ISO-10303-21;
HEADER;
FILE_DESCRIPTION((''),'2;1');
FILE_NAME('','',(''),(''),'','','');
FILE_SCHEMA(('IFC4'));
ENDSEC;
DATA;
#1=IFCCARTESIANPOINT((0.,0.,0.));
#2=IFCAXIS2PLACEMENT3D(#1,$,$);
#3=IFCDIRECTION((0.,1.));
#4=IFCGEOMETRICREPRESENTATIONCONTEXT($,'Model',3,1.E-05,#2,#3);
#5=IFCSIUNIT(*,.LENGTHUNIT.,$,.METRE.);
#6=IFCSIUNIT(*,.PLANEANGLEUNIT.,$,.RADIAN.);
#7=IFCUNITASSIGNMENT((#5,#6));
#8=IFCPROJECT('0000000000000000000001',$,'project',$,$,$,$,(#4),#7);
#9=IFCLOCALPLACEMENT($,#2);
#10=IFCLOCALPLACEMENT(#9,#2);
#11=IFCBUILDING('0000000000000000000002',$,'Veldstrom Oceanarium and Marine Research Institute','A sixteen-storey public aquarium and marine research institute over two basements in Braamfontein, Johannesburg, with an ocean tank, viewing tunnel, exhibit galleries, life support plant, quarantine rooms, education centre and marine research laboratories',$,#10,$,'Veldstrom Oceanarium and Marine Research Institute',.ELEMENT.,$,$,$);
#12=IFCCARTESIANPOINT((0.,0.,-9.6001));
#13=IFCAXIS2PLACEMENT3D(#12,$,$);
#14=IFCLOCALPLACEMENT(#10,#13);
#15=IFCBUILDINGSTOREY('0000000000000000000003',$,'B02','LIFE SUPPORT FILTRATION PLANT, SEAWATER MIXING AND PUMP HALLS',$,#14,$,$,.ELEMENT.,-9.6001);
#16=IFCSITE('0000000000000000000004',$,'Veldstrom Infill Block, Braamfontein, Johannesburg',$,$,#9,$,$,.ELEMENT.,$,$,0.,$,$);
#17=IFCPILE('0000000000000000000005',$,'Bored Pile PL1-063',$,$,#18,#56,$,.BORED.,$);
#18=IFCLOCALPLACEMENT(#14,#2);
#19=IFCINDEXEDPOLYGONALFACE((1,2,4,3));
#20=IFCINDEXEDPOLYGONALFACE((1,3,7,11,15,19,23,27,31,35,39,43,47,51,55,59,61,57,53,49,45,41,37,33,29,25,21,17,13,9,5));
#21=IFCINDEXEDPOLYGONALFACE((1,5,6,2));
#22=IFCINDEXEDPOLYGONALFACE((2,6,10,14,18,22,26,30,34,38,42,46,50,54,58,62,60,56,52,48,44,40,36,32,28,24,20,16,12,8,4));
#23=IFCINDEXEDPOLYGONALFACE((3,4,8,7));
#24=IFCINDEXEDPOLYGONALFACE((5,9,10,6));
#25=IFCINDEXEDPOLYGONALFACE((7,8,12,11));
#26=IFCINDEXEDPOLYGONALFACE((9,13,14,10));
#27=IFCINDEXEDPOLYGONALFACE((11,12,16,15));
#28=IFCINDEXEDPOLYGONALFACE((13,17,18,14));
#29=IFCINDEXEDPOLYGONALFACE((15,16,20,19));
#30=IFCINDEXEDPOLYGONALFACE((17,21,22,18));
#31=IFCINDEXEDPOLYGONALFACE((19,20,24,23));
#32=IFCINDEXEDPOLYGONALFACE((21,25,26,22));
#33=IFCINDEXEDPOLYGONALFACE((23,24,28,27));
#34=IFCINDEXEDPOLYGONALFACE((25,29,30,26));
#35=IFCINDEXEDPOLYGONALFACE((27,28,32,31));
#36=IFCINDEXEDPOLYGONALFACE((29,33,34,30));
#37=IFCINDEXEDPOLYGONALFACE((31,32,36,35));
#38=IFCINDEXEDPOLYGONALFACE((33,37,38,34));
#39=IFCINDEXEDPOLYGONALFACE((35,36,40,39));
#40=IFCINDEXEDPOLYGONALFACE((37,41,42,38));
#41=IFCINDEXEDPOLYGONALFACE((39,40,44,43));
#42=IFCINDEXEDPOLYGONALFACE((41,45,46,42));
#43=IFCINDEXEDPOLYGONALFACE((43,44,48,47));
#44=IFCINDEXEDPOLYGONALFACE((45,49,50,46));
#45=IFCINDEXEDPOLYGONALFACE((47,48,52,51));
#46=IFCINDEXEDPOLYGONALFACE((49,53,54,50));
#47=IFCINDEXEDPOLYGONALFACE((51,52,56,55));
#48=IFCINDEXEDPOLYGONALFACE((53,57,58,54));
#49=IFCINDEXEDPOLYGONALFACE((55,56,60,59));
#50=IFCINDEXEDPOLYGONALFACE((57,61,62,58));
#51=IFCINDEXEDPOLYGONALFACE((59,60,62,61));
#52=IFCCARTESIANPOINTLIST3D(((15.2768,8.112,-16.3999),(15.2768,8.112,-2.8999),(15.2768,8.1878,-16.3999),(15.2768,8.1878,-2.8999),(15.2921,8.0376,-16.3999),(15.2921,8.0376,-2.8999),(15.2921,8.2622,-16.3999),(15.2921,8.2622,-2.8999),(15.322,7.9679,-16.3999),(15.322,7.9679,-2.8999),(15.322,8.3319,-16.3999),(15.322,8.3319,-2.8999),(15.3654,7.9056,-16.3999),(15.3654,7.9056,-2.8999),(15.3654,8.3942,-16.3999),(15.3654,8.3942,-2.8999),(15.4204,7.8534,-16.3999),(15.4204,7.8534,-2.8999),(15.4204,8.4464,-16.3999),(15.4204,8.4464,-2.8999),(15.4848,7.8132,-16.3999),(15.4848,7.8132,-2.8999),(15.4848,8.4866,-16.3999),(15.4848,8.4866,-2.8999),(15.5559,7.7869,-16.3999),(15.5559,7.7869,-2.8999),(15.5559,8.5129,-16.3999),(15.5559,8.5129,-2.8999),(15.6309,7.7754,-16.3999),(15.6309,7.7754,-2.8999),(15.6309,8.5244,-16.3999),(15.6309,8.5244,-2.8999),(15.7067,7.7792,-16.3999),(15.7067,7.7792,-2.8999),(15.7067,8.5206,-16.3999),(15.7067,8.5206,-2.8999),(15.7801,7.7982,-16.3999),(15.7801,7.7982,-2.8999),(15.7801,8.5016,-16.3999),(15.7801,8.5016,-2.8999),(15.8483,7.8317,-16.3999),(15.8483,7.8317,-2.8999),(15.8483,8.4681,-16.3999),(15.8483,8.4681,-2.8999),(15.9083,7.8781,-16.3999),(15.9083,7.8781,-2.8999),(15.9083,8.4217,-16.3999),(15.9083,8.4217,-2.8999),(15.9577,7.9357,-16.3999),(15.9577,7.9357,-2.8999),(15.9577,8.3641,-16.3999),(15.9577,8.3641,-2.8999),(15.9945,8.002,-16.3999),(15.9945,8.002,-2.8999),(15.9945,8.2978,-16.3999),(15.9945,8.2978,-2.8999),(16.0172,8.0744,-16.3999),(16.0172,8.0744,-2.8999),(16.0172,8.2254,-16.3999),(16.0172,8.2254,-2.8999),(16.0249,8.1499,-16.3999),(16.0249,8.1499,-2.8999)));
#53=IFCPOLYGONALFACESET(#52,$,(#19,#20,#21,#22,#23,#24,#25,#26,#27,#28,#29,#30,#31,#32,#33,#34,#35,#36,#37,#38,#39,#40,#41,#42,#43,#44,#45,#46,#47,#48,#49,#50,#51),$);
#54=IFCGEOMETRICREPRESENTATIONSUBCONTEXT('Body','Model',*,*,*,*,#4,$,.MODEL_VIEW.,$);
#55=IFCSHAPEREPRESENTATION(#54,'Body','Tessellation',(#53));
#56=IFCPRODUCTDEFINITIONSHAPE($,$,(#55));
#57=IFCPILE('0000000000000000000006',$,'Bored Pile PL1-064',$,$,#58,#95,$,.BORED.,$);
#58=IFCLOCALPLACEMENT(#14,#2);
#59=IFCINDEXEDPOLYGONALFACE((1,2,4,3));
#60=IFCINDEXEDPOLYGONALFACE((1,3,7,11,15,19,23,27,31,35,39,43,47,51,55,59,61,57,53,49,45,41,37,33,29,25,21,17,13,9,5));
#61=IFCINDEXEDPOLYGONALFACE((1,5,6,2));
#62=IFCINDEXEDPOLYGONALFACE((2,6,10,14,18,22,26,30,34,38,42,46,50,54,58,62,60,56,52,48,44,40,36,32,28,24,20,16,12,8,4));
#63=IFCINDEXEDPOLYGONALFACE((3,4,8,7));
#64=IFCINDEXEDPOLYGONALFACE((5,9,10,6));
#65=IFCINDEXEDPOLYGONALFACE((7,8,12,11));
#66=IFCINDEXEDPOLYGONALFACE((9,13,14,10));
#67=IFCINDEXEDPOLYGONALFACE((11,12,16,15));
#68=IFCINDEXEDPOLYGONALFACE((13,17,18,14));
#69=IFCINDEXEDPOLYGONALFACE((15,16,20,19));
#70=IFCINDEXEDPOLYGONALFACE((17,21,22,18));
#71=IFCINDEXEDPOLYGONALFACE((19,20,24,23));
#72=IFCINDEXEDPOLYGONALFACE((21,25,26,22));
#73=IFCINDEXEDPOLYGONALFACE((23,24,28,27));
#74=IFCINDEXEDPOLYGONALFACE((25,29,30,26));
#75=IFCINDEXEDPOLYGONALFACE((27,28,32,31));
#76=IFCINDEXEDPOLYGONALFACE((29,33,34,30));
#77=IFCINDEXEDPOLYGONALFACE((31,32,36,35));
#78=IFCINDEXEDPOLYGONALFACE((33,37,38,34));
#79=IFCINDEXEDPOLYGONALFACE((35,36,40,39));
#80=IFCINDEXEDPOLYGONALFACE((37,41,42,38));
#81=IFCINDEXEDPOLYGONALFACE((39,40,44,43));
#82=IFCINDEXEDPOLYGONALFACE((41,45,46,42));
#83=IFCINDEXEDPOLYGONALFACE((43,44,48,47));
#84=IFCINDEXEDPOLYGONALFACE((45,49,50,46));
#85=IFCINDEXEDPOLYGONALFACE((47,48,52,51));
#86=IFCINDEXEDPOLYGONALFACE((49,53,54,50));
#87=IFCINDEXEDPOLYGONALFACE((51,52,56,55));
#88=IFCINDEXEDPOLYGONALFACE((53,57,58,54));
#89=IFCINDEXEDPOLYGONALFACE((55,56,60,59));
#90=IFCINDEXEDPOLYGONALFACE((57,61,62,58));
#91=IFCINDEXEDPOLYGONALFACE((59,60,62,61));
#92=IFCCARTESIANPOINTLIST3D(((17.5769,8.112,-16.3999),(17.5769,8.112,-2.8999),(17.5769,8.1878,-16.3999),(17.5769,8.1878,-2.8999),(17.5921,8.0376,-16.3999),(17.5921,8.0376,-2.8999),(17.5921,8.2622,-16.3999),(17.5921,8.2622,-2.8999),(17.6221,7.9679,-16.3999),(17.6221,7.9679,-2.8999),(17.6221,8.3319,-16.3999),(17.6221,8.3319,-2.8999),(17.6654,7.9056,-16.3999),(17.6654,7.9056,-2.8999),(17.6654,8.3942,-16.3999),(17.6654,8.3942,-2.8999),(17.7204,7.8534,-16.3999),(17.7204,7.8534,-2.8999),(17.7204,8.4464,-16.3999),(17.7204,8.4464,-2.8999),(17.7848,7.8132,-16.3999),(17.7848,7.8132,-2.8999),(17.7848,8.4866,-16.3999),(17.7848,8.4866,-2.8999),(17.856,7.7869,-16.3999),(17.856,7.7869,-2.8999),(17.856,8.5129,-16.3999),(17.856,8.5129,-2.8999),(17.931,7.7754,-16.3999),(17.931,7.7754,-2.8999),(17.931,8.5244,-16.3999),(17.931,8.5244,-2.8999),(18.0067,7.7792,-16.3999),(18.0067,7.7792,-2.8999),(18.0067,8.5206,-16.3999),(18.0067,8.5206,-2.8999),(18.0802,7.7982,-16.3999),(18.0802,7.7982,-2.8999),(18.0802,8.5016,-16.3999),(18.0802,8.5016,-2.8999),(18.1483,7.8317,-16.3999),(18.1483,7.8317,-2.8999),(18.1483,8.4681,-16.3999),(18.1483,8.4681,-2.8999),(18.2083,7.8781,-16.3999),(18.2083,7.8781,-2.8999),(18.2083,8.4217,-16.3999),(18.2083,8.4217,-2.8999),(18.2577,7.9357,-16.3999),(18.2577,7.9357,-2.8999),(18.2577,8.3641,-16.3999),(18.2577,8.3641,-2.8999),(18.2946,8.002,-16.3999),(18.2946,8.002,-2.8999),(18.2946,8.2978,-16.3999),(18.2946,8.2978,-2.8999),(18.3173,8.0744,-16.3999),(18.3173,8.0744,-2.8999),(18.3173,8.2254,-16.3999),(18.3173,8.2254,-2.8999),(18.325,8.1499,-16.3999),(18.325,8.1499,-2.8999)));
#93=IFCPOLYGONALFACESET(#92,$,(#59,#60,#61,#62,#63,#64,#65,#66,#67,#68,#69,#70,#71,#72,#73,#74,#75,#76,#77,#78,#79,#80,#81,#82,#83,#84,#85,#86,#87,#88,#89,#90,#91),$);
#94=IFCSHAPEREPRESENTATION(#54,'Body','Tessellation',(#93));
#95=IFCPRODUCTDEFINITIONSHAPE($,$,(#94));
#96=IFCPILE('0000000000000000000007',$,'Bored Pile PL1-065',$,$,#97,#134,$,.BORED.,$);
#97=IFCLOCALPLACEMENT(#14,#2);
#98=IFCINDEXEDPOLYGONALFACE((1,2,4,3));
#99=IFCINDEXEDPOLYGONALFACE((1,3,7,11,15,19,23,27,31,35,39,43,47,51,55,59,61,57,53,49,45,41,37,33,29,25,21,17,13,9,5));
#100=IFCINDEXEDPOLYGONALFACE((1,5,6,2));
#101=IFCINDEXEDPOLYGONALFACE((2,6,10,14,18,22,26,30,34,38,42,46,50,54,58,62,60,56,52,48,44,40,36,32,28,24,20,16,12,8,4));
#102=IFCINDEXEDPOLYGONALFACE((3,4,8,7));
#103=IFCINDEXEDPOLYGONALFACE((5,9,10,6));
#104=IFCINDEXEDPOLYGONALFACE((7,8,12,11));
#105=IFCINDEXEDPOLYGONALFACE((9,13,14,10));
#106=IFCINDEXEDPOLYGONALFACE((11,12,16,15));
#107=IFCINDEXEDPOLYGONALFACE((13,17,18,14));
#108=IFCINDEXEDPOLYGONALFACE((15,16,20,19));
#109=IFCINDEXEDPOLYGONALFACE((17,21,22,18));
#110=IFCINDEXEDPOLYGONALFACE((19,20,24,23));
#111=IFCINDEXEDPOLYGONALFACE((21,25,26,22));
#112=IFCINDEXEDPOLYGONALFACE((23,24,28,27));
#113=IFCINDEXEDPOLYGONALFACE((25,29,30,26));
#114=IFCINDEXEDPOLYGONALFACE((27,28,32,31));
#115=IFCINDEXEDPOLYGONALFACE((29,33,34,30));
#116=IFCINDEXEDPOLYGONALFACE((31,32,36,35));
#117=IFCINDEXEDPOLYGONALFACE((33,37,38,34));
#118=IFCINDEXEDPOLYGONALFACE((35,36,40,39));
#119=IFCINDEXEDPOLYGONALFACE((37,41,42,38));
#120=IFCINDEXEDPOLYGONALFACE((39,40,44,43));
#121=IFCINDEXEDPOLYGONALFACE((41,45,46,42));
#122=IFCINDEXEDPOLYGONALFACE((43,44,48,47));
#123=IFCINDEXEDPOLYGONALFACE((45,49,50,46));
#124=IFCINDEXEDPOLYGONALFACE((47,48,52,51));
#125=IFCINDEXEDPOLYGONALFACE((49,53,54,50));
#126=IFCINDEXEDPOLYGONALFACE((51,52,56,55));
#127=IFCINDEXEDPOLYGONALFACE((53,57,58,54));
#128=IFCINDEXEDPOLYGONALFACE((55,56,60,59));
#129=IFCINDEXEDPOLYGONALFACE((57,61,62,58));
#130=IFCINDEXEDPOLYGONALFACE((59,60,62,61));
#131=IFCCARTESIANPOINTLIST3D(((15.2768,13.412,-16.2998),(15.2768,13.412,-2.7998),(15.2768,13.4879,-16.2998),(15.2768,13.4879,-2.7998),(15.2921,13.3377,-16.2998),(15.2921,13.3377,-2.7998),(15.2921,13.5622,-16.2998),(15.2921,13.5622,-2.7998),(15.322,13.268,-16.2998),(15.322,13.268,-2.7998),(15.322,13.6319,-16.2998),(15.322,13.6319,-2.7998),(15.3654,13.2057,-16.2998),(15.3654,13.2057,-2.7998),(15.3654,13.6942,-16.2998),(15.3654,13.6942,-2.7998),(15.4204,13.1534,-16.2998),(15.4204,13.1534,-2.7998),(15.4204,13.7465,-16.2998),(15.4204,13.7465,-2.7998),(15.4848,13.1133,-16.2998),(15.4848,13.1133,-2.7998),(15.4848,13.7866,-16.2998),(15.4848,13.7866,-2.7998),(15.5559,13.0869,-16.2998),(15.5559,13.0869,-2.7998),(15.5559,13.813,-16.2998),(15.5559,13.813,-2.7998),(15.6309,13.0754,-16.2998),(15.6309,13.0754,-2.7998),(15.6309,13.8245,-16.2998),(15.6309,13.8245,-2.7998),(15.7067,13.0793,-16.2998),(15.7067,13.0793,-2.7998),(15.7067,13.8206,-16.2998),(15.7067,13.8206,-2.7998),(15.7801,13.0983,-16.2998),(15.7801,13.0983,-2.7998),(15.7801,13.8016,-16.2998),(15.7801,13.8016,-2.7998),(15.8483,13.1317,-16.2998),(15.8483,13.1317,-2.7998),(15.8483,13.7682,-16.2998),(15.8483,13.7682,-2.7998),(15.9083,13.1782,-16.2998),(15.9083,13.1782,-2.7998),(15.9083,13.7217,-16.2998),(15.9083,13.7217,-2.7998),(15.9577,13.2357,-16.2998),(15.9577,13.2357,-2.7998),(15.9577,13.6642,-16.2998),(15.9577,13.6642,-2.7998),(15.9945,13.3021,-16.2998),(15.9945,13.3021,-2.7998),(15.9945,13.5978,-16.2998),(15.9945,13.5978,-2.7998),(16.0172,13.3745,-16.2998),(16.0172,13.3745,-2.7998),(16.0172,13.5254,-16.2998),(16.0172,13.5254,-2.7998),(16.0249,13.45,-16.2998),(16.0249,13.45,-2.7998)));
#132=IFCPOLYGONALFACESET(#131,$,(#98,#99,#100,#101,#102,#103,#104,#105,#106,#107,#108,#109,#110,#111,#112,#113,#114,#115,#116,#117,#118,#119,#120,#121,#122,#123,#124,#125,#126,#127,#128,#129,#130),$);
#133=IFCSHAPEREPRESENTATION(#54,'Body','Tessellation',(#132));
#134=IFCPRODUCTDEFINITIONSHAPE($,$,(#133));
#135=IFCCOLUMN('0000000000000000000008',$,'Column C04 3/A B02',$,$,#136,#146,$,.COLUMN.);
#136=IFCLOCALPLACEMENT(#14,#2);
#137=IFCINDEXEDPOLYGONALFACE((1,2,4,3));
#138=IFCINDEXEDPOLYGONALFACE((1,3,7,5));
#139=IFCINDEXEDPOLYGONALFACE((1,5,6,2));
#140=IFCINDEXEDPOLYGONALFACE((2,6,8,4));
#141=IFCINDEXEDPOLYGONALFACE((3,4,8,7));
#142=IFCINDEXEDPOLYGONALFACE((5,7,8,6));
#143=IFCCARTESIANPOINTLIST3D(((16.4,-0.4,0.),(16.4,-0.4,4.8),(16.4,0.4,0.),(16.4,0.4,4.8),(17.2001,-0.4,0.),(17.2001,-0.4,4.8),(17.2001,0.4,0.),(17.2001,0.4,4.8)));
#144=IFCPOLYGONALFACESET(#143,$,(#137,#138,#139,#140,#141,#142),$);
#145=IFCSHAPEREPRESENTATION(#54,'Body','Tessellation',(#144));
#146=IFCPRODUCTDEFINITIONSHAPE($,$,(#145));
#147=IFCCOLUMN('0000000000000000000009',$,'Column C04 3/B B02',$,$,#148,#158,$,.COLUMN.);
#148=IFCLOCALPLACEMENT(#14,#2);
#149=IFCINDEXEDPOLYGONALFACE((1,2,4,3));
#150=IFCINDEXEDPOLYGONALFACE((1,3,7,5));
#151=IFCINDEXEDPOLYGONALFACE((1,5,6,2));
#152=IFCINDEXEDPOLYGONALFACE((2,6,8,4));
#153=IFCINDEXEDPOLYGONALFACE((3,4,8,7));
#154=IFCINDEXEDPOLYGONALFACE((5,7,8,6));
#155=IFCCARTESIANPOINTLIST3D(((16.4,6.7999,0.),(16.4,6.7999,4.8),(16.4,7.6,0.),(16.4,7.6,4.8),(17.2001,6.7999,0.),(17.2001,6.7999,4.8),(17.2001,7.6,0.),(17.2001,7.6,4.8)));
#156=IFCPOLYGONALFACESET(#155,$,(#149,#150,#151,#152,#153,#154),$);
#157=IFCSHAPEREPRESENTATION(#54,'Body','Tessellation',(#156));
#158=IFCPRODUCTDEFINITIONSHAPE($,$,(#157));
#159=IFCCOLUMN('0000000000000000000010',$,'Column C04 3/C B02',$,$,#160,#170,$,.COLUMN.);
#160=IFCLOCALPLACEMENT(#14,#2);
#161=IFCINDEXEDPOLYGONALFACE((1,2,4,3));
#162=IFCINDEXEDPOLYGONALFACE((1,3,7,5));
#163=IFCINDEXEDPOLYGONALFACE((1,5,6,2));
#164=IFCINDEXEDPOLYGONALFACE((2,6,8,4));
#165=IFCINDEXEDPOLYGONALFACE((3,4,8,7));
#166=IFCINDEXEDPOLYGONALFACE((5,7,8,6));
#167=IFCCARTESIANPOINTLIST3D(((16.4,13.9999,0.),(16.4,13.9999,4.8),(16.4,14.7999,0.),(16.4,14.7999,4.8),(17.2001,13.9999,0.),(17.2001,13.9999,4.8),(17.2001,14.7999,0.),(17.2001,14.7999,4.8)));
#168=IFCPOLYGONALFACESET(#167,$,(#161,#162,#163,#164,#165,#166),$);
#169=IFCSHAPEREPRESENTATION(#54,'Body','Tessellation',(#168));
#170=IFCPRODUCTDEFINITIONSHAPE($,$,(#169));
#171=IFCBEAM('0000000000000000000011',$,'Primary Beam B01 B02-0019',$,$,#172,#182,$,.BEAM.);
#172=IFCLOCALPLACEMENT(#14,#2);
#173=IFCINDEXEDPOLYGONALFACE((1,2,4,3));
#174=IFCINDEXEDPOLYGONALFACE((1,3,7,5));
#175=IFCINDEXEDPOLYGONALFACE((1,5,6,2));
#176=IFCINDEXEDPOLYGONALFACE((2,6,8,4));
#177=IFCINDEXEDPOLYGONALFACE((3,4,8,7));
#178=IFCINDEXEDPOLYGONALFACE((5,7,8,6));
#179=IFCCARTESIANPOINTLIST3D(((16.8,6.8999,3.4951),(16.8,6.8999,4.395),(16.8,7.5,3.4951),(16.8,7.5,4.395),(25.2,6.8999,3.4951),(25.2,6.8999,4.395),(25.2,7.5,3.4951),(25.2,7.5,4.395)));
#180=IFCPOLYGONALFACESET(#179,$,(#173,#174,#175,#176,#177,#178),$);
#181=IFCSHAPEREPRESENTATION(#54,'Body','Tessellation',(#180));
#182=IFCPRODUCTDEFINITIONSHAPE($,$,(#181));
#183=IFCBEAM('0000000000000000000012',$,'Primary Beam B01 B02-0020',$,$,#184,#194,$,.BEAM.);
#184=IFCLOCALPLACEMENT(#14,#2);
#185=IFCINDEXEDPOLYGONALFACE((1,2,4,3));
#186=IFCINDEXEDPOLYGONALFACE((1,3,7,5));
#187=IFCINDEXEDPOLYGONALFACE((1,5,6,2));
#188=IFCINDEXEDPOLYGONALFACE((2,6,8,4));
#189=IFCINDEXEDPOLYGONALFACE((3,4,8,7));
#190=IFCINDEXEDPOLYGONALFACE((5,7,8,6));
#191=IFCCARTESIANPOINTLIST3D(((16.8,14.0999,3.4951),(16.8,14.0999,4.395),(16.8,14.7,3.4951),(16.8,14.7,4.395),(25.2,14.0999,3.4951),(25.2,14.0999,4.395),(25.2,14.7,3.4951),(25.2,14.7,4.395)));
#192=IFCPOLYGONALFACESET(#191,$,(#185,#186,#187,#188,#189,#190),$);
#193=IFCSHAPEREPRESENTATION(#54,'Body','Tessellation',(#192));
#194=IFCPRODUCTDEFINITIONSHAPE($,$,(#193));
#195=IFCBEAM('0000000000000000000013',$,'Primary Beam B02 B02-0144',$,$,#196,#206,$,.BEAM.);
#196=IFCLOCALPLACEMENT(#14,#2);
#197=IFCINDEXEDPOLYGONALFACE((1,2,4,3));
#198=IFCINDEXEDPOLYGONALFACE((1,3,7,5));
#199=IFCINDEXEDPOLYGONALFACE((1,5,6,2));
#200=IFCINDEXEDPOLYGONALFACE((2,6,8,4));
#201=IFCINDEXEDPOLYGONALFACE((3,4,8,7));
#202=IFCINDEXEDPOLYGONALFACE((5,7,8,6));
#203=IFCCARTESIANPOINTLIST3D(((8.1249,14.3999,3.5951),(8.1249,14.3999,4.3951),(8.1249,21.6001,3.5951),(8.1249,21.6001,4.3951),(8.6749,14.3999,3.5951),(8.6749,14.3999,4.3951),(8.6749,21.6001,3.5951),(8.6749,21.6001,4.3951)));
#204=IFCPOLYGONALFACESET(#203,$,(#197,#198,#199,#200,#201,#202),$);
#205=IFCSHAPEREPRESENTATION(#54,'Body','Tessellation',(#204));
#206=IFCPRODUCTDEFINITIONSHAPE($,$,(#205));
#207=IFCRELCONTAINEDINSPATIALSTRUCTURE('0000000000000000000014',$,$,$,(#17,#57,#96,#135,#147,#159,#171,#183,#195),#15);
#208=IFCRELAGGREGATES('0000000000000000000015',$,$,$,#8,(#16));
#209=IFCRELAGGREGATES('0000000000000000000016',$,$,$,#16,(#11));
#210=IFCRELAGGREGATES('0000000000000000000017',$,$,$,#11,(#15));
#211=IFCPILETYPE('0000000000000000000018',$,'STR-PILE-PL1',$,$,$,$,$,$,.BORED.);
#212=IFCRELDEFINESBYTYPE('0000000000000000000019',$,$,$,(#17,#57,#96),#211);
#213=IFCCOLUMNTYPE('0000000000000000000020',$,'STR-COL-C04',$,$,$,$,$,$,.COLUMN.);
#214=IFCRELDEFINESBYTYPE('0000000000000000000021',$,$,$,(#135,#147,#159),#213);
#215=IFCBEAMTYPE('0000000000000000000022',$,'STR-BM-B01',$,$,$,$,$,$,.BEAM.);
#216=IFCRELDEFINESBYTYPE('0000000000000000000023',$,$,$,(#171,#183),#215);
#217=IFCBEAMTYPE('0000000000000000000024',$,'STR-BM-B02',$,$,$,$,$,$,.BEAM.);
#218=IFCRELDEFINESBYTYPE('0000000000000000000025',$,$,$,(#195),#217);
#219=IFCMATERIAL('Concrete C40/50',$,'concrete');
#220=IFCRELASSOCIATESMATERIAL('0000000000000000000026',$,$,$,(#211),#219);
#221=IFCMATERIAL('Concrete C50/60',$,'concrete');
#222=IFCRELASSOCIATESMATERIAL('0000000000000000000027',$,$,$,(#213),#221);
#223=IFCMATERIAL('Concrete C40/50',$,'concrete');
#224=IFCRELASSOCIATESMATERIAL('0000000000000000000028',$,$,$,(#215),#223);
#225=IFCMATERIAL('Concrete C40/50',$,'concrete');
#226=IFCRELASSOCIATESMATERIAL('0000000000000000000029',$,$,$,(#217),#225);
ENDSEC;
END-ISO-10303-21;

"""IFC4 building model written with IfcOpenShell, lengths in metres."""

from ifc_helpers import new_model, si_unit, direction, frame, origin, origin_2d, place, context, subcontext, project, spatial, rectangle, circle, extrude, material, material_profile, profile_set, type_object, element, save


model = new_model("IFC4")

# Units and contexts
model_context = context("Model", 3, precision=1e-05, world=origin(), true_north=direction((0.0, 1.0)))
body_context = subcontext(model_context, "Body", "Model", "MODEL_VIEW")
ifc_project = project(units=[si_unit("LENGTHUNIT", "METRE"), si_unit("PLANEANGLEUNIT", "RADIAN")], contexts=[model_context])

# Site, building, storey
site_placement = place(None, origin())
site = spatial("IfcSite", under=ifc_project, at=site_placement, Name="Veldstrom Infill Block, Braamfontein, Johannesburg", CompositionType="ELEMENT", RefElevation=0.0)
building_placement = place(site_placement, origin())
building = spatial("IfcBuilding", under=site, at=building_placement, Name="Veldstrom Oceanarium and Marine Research Institute", Description="A sixteen-storey public aquarium and marine research institute over two basements in Braamfontein, Johannesburg, with an ocean tank, viewing tunnel, exhibit galleries, life support plant, quarantine rooms, education centre and marine research laboratories", LongName="Veldstrom Oceanarium and Marine Research Institute", CompositionType="ELEMENT")
storey_placement = place(building_placement, frame((0.0, 0.0, -9.6001)))
storey = spatial("IfcBuildingStorey", under=building, at=storey_placement, Name="B02", Description="LIFE SUPPORT FILTRATION PLANT, SEAWATER MIXING AND PUMP HALLS", CompositionType="ELEMENT", Elevation=-9.6001)

# Piles
ifc_material_1 = material(Name="Concrete C40/50", Category="concrete")
ifc_material_profile_1 = material_profile(ifc_material_1, circle(Radius=0.375, at=origin_2d()), Name="PILE-D750")
ifc_profile_set_1 = profile_set([ifc_material_profile_1], Name="Concrete C40/50")
pile_type = type_object("IfcPileType", Name="STR-PILE-PL1", PredefinedType="BORED", material=ifc_profile_set_1)
for number, where, z_axis, x_axis, name in (
    (1, (15.6499, 8.1499, -2.8999), (0.0, 0.0, -1.0), (1.0, 0.0, 0.0), "Bored Pile PL1-063"),
    (2, (17.95, 8.1499, -2.8999), (0.0, 0.0, -1.0), (1.0, 0.0, 0.0), "Bored Pile PL1-064"),
    (3, (15.6499, 13.45, -2.7998), (0.0, 0.0, -1.0), (1.0, 0.0, 0.0), "Bored Pile PL1-065"),
):
    element("IfcPile", number, at=place(storey_placement, frame(where, z_axis=z_axis, x_axis=x_axis)), inside=storey, type_object=pile_type, Name=name, PredefinedType="BORED", context=body_context, shape_type="SweptSolid", body=[
        extrude(circle(Radius=0.375, at=origin_2d()), origin(), (0.0, 0.0, 1.0), 13.5),
    ])

# Columns
ifc_material_2 = material(Name="Concrete C50/60", Category="concrete")
ifc_material_profile_2 = material_profile(ifc_material_2, rectangle(XDim=0.8, YDim=0.8, at=origin_2d()), Name="RC-COL-800x800")
ifc_profile_set_2 = profile_set([ifc_material_profile_2], Name="Concrete C50/60")
column_type = type_object("IfcColumnType", Name="STR-COL-C04", PredefinedType="COLUMN", material=ifc_profile_set_2)
for number, where, z_axis, x_axis, name in (
    (4, (16.8, 0.0, 0.0), (0.0, 0.0, 1.0), (1.0, 0.0, 0.0), "Column C04 3/A B02"),
    (5, (16.8, 7.2, 0.0), (0.0, 0.0, 1.0), (1.0, 0.0, 0.0), "Column C04 3/B B02"),
    (6, (16.8, 14.3999, 0.0), (0.0, 0.0, 1.0), (1.0, 0.0, 0.0), "Column C04 3/C B02"),
):
    element("IfcColumn", number, at=place(storey_placement, frame(where, z_axis=z_axis, x_axis=x_axis)), inside=storey, type_object=column_type, Name=name, PredefinedType="COLUMN", context=body_context, shape_type="SweptSolid", body=[
        extrude(rectangle(XDim=0.8, YDim=0.8, at=origin_2d()), origin(), (0.0, 0.0, 1.0), 4.8),
    ])

# Beams
ifc_material_3 = material(Name="Concrete C40/50", Category="concrete")
ifc_material_profile_3 = material_profile(ifc_material_3, rectangle(XDim=0.6001, YDim=0.8999, at=origin_2d()), Name="RC-BM-600x900")
ifc_profile_set_3 = profile_set([ifc_material_profile_3], Name="Concrete C40/50")
beam_type_1 = type_object("IfcBeamType", Name="STR-BM-B01", PredefinedType="BEAM", material=ifc_profile_set_3)
for number, where, z_axis, x_axis, name in (
    (7, (16.8, 7.2, 3.9451), (1.0, 0.0, 0.0), (0.0, 1.0, 0.0), "Primary Beam B01 B02-0019"),
    (8, (16.8, 14.3999, 3.9451), (1.0, 0.0, 0.0), (0.0, 1.0, 0.0), "Primary Beam B01 B02-0020"),
):
    element("IfcBeam", number, at=place(storey_placement, frame(where, z_axis=z_axis, x_axis=x_axis)), inside=storey, type_object=beam_type_1, Name=name, PredefinedType="BEAM", context=body_context, shape_type="SweptSolid", body=[
        extrude(rectangle(XDim=0.6001, YDim=0.8999, at=origin_2d()), origin(), (0.0, 0.0, 1.0), 8.3999),
    ])
ifc_material_4 = material(Name="Concrete C40/50", Category="concrete")
ifc_material_profile_4 = material_profile(ifc_material_4, rectangle(XDim=0.55, YDim=0.8, at=origin_2d()), Name="RC-BM-550x800")
ifc_profile_set_4 = profile_set([ifc_material_profile_4], Name="Concrete C40/50")
beam_type_2 = type_object("IfcBeamType", Name="STR-BM-B02", PredefinedType="BEAM", material=ifc_profile_set_4)
beam_1_placement = place(storey_placement, frame((8.3999, 14.3999, 3.9951), z_axis=(0.0, 1.0, 0.0), x_axis=(-1.0, 0.0, 0.0)))
element("IfcBeam", 9, at=beam_1_placement, inside=storey, type_object=beam_type_2, Name="Primary Beam B02 B02-0144", PredefinedType="BEAM", context=body_context, shape_type="SweptSolid", body=[
    extrude(rectangle(XDim=0.55, YDim=0.8, at=origin_2d()), origin(), (0.0, 0.0, 1.0), 7.2002),
])

save(model, "model.ifc")
